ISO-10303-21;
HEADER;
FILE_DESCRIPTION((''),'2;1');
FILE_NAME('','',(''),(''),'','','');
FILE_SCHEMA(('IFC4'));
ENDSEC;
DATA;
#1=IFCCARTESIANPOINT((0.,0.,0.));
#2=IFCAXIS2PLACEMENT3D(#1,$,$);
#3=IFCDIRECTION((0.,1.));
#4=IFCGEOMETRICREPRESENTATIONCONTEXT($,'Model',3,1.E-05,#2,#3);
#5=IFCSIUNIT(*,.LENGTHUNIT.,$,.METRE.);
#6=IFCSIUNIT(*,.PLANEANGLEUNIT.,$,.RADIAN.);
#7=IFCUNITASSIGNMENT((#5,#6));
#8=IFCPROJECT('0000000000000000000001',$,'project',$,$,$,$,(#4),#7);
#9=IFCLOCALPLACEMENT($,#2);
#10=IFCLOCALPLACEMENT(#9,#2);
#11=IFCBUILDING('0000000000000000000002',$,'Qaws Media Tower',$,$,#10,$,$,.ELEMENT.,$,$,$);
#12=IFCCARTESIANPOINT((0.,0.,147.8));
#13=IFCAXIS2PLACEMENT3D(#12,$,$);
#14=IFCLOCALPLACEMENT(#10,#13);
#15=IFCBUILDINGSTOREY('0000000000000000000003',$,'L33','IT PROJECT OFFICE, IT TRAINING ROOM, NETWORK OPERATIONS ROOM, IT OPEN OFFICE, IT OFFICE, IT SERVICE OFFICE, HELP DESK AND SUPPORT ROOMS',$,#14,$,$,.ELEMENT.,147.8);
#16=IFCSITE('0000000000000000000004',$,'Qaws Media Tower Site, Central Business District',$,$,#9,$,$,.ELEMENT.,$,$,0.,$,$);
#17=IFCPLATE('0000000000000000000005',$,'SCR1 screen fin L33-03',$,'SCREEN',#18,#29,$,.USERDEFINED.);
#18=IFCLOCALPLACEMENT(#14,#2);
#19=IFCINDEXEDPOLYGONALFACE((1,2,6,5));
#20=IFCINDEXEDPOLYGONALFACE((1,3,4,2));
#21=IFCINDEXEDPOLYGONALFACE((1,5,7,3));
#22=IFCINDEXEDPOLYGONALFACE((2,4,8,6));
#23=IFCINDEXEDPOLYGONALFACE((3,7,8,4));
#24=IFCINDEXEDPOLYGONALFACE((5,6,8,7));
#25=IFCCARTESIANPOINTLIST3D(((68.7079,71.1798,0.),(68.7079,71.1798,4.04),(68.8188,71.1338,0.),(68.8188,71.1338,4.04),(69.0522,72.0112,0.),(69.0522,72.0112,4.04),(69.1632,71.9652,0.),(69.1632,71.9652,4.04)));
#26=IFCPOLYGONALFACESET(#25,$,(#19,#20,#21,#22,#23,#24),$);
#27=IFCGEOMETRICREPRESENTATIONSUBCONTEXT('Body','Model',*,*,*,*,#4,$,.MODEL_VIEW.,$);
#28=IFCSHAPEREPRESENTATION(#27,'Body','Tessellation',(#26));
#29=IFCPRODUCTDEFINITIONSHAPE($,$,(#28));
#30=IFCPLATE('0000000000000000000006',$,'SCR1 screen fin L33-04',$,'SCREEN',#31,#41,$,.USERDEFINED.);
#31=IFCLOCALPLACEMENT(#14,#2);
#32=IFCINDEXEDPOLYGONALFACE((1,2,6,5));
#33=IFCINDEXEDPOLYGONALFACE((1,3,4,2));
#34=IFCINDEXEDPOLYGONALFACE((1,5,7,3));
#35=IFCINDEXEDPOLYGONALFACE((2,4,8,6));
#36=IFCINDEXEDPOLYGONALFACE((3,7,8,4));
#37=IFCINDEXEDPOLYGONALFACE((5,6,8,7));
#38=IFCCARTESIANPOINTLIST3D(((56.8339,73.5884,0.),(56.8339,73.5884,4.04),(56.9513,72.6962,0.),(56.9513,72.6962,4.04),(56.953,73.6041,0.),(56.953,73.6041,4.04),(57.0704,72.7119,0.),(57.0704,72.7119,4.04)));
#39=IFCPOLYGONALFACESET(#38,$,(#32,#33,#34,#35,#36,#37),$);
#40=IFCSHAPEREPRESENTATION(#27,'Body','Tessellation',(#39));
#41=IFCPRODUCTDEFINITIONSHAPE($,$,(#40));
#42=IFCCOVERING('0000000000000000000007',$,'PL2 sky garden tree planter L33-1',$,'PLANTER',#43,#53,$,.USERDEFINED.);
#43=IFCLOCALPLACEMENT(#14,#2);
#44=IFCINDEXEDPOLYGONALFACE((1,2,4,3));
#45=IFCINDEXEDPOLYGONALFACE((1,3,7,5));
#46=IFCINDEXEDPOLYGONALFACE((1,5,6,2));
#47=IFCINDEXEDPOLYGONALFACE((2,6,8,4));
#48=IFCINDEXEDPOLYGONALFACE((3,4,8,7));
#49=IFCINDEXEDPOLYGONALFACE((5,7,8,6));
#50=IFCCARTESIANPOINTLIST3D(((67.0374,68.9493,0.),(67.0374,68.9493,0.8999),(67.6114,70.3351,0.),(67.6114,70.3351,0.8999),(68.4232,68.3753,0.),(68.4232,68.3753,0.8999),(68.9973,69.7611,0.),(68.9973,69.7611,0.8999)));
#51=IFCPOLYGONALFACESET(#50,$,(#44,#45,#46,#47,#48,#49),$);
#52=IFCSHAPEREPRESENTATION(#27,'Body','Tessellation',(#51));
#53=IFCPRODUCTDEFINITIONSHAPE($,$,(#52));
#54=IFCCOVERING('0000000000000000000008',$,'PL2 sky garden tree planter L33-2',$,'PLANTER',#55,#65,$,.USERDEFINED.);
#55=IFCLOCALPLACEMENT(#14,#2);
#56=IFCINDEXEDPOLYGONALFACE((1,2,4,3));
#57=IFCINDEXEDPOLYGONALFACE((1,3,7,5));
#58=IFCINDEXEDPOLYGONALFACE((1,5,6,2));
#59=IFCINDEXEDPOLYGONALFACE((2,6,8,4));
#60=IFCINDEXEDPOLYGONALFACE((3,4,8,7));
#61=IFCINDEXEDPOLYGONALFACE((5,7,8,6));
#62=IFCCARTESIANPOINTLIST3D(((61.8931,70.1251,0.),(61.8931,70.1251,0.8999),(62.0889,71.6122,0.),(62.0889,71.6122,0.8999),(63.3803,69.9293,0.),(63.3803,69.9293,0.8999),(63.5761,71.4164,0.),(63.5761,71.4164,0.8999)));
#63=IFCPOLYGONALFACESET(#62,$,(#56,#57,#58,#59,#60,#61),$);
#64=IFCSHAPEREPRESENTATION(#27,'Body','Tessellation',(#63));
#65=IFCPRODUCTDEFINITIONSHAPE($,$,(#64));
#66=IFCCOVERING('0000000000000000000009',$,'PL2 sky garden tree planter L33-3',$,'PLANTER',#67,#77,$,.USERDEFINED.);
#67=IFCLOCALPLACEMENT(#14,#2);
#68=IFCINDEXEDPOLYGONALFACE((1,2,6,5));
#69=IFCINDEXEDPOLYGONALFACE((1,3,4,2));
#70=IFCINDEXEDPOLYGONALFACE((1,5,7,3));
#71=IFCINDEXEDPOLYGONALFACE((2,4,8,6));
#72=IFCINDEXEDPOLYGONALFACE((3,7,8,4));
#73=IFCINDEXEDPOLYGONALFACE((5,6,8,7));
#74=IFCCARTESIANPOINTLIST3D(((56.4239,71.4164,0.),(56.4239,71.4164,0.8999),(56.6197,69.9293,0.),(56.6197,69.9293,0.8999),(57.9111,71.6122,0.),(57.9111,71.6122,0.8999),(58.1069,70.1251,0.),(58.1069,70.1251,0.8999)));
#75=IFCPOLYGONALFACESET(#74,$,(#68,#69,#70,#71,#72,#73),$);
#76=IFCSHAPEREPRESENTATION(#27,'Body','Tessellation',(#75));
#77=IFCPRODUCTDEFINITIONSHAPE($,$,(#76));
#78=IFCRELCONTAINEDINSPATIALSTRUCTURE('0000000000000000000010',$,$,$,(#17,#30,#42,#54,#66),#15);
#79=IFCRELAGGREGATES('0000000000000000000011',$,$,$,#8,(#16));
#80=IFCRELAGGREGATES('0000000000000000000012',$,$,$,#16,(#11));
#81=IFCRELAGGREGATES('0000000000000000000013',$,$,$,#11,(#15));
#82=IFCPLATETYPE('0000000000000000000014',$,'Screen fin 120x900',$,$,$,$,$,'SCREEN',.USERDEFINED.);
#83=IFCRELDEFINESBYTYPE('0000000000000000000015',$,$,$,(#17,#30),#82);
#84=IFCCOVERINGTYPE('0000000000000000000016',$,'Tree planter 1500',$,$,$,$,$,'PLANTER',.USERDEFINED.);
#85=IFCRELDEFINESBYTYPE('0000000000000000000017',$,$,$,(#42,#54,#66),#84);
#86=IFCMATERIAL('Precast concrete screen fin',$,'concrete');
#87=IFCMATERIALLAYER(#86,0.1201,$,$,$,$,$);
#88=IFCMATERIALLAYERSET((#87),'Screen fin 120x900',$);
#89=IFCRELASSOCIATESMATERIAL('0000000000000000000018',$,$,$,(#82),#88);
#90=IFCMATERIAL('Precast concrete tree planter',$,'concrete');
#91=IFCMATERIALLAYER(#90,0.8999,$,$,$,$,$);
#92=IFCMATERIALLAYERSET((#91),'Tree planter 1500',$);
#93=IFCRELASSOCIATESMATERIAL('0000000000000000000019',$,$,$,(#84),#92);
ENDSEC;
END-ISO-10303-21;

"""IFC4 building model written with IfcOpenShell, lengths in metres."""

from ifc_helpers import new_model, si_unit, direction, frame, origin, origin_2d, place, context, subcontext, project, spatial, rectangle, extrude, material, layer, layer_set, type_object, element, save


model = new_model("IFC4")

# Units and contexts
model_context = context("Model", 3, precision=1e-05, world=origin(), true_north=direction((0.0, 1.0)))
body_context = subcontext(model_context, "Body", "Model", "MODEL_VIEW")
ifc_project = project(units=[si_unit("LENGTHUNIT", "METRE"), si_unit("PLANEANGLEUNIT", "RADIAN")], contexts=[model_context])

# Site, building, storey
site_placement = place(None, origin())
site = spatial("IfcSite", under=ifc_project, at=site_placement, Name="Qaws Media Tower Site, Central Business District", CompositionType="ELEMENT", RefElevation=0.0)
building_placement = place(site_placement, origin())
building = spatial("IfcBuilding", under=site, at=building_placement, Name="Qaws Media Tower", CompositionType="ELEMENT")
storey_placement = place(building_placement, frame((0.0, 0.0, 147.8)))
storey = spatial("IfcBuildingStorey", under=building, at=storey_placement, Name="L33", Description="IT PROJECT OFFICE, IT TRAINING ROOM, NETWORK OPERATIONS ROOM, IT OPEN OFFICE, IT OFFICE, IT SERVICE OFFICE, HELP DESK AND SUPPORT ROOMS", CompositionType="ELEMENT", Elevation=147.8)

# Plates
ifc_material_1 = material(Name="Precast concrete screen fin", Category="concrete")
ifc_layer_1 = layer(ifc_material_1, 0.1201)
ifc_layer_set_1 = layer_set([ifc_layer_1], Name="Screen fin 120x900")
plate_type_1 = type_object("IfcPlateType", Name="Screen fin 120x900", ElementType="SCREEN", PredefinedType="USERDEFINED", material=ifc_layer_set_1)
for number, where, z_axis, x_axis, name in (
    (1, (68.9355, 71.5725, 0.0), (0.0, 0.0, 1.0), (0.382683, 0.92388, 0.0), "SCR1 screen fin L33-03"),
    (2, (56.9521, 73.1501, 0.0), (0.0, 0.0, 1.0), (-0.130526, 0.991445, 0.0), "SCR1 screen fin L33-04"),
):
    element("IfcPlate", number, at=place(storey_placement, frame(where, z_axis=z_axis, x_axis=x_axis)), inside=storey, type_object=plate_type_1, Name=name, ObjectType="SCREEN", PredefinedType="USERDEFINED", context=body_context, shape_type="SweptSolid", body=[
        extrude(rectangle(XDim=0.8999, YDim=0.1201, at=origin_2d()), origin(), (0.0, 0.0, 1.0), 4.04),
    ])

# Coverings
ifc_material_2 = material(Name="Precast concrete tree planter", Category="concrete")
ifc_layer_2 = layer(ifc_material_2, 0.8999)
ifc_layer_set_2 = layer_set([ifc_layer_2], Name="Tree planter 1500")
covering_type = type_object("IfcCoveringType", Name="Tree planter 1500", ElementType="PLANTER", PredefinedType="USERDEFINED", material=ifc_layer_set_2)
for number, where, z_axis, x_axis, name in (
    (3, (68.0173, 69.3552, 0.0), (0.0, 0.0, 1.0), (0.382683, 0.92388, 0.0), "PL2 sky garden tree planter L33-1"),
    (4, (62.7346, 70.7708, 0.0), (0.0, 0.0, 1.0), (0.130526, 0.991445, 0.0), "PL2 sky garden tree planter L33-2"),
    (5, (57.2654, 70.7708, 0.0), (0.0, 0.0, 1.0), (-0.130526, 0.991445, 0.0), "PL2 sky garden tree planter L33-3"),
):
    element("IfcCovering", number, at=place(storey_placement, frame(where, z_axis=z_axis, x_axis=x_axis)), inside=storey, type_object=covering_type, Name=name, ObjectType="PLANTER", PredefinedType="USERDEFINED", context=body_context, shape_type="SweptSolid", body=[
        extrude(rectangle(XDim=1.5, YDim=1.5, at=origin_2d()), origin(), (0.0, 0.0, 1.0), 0.8999),
    ])

save(model, "model.ifc")
